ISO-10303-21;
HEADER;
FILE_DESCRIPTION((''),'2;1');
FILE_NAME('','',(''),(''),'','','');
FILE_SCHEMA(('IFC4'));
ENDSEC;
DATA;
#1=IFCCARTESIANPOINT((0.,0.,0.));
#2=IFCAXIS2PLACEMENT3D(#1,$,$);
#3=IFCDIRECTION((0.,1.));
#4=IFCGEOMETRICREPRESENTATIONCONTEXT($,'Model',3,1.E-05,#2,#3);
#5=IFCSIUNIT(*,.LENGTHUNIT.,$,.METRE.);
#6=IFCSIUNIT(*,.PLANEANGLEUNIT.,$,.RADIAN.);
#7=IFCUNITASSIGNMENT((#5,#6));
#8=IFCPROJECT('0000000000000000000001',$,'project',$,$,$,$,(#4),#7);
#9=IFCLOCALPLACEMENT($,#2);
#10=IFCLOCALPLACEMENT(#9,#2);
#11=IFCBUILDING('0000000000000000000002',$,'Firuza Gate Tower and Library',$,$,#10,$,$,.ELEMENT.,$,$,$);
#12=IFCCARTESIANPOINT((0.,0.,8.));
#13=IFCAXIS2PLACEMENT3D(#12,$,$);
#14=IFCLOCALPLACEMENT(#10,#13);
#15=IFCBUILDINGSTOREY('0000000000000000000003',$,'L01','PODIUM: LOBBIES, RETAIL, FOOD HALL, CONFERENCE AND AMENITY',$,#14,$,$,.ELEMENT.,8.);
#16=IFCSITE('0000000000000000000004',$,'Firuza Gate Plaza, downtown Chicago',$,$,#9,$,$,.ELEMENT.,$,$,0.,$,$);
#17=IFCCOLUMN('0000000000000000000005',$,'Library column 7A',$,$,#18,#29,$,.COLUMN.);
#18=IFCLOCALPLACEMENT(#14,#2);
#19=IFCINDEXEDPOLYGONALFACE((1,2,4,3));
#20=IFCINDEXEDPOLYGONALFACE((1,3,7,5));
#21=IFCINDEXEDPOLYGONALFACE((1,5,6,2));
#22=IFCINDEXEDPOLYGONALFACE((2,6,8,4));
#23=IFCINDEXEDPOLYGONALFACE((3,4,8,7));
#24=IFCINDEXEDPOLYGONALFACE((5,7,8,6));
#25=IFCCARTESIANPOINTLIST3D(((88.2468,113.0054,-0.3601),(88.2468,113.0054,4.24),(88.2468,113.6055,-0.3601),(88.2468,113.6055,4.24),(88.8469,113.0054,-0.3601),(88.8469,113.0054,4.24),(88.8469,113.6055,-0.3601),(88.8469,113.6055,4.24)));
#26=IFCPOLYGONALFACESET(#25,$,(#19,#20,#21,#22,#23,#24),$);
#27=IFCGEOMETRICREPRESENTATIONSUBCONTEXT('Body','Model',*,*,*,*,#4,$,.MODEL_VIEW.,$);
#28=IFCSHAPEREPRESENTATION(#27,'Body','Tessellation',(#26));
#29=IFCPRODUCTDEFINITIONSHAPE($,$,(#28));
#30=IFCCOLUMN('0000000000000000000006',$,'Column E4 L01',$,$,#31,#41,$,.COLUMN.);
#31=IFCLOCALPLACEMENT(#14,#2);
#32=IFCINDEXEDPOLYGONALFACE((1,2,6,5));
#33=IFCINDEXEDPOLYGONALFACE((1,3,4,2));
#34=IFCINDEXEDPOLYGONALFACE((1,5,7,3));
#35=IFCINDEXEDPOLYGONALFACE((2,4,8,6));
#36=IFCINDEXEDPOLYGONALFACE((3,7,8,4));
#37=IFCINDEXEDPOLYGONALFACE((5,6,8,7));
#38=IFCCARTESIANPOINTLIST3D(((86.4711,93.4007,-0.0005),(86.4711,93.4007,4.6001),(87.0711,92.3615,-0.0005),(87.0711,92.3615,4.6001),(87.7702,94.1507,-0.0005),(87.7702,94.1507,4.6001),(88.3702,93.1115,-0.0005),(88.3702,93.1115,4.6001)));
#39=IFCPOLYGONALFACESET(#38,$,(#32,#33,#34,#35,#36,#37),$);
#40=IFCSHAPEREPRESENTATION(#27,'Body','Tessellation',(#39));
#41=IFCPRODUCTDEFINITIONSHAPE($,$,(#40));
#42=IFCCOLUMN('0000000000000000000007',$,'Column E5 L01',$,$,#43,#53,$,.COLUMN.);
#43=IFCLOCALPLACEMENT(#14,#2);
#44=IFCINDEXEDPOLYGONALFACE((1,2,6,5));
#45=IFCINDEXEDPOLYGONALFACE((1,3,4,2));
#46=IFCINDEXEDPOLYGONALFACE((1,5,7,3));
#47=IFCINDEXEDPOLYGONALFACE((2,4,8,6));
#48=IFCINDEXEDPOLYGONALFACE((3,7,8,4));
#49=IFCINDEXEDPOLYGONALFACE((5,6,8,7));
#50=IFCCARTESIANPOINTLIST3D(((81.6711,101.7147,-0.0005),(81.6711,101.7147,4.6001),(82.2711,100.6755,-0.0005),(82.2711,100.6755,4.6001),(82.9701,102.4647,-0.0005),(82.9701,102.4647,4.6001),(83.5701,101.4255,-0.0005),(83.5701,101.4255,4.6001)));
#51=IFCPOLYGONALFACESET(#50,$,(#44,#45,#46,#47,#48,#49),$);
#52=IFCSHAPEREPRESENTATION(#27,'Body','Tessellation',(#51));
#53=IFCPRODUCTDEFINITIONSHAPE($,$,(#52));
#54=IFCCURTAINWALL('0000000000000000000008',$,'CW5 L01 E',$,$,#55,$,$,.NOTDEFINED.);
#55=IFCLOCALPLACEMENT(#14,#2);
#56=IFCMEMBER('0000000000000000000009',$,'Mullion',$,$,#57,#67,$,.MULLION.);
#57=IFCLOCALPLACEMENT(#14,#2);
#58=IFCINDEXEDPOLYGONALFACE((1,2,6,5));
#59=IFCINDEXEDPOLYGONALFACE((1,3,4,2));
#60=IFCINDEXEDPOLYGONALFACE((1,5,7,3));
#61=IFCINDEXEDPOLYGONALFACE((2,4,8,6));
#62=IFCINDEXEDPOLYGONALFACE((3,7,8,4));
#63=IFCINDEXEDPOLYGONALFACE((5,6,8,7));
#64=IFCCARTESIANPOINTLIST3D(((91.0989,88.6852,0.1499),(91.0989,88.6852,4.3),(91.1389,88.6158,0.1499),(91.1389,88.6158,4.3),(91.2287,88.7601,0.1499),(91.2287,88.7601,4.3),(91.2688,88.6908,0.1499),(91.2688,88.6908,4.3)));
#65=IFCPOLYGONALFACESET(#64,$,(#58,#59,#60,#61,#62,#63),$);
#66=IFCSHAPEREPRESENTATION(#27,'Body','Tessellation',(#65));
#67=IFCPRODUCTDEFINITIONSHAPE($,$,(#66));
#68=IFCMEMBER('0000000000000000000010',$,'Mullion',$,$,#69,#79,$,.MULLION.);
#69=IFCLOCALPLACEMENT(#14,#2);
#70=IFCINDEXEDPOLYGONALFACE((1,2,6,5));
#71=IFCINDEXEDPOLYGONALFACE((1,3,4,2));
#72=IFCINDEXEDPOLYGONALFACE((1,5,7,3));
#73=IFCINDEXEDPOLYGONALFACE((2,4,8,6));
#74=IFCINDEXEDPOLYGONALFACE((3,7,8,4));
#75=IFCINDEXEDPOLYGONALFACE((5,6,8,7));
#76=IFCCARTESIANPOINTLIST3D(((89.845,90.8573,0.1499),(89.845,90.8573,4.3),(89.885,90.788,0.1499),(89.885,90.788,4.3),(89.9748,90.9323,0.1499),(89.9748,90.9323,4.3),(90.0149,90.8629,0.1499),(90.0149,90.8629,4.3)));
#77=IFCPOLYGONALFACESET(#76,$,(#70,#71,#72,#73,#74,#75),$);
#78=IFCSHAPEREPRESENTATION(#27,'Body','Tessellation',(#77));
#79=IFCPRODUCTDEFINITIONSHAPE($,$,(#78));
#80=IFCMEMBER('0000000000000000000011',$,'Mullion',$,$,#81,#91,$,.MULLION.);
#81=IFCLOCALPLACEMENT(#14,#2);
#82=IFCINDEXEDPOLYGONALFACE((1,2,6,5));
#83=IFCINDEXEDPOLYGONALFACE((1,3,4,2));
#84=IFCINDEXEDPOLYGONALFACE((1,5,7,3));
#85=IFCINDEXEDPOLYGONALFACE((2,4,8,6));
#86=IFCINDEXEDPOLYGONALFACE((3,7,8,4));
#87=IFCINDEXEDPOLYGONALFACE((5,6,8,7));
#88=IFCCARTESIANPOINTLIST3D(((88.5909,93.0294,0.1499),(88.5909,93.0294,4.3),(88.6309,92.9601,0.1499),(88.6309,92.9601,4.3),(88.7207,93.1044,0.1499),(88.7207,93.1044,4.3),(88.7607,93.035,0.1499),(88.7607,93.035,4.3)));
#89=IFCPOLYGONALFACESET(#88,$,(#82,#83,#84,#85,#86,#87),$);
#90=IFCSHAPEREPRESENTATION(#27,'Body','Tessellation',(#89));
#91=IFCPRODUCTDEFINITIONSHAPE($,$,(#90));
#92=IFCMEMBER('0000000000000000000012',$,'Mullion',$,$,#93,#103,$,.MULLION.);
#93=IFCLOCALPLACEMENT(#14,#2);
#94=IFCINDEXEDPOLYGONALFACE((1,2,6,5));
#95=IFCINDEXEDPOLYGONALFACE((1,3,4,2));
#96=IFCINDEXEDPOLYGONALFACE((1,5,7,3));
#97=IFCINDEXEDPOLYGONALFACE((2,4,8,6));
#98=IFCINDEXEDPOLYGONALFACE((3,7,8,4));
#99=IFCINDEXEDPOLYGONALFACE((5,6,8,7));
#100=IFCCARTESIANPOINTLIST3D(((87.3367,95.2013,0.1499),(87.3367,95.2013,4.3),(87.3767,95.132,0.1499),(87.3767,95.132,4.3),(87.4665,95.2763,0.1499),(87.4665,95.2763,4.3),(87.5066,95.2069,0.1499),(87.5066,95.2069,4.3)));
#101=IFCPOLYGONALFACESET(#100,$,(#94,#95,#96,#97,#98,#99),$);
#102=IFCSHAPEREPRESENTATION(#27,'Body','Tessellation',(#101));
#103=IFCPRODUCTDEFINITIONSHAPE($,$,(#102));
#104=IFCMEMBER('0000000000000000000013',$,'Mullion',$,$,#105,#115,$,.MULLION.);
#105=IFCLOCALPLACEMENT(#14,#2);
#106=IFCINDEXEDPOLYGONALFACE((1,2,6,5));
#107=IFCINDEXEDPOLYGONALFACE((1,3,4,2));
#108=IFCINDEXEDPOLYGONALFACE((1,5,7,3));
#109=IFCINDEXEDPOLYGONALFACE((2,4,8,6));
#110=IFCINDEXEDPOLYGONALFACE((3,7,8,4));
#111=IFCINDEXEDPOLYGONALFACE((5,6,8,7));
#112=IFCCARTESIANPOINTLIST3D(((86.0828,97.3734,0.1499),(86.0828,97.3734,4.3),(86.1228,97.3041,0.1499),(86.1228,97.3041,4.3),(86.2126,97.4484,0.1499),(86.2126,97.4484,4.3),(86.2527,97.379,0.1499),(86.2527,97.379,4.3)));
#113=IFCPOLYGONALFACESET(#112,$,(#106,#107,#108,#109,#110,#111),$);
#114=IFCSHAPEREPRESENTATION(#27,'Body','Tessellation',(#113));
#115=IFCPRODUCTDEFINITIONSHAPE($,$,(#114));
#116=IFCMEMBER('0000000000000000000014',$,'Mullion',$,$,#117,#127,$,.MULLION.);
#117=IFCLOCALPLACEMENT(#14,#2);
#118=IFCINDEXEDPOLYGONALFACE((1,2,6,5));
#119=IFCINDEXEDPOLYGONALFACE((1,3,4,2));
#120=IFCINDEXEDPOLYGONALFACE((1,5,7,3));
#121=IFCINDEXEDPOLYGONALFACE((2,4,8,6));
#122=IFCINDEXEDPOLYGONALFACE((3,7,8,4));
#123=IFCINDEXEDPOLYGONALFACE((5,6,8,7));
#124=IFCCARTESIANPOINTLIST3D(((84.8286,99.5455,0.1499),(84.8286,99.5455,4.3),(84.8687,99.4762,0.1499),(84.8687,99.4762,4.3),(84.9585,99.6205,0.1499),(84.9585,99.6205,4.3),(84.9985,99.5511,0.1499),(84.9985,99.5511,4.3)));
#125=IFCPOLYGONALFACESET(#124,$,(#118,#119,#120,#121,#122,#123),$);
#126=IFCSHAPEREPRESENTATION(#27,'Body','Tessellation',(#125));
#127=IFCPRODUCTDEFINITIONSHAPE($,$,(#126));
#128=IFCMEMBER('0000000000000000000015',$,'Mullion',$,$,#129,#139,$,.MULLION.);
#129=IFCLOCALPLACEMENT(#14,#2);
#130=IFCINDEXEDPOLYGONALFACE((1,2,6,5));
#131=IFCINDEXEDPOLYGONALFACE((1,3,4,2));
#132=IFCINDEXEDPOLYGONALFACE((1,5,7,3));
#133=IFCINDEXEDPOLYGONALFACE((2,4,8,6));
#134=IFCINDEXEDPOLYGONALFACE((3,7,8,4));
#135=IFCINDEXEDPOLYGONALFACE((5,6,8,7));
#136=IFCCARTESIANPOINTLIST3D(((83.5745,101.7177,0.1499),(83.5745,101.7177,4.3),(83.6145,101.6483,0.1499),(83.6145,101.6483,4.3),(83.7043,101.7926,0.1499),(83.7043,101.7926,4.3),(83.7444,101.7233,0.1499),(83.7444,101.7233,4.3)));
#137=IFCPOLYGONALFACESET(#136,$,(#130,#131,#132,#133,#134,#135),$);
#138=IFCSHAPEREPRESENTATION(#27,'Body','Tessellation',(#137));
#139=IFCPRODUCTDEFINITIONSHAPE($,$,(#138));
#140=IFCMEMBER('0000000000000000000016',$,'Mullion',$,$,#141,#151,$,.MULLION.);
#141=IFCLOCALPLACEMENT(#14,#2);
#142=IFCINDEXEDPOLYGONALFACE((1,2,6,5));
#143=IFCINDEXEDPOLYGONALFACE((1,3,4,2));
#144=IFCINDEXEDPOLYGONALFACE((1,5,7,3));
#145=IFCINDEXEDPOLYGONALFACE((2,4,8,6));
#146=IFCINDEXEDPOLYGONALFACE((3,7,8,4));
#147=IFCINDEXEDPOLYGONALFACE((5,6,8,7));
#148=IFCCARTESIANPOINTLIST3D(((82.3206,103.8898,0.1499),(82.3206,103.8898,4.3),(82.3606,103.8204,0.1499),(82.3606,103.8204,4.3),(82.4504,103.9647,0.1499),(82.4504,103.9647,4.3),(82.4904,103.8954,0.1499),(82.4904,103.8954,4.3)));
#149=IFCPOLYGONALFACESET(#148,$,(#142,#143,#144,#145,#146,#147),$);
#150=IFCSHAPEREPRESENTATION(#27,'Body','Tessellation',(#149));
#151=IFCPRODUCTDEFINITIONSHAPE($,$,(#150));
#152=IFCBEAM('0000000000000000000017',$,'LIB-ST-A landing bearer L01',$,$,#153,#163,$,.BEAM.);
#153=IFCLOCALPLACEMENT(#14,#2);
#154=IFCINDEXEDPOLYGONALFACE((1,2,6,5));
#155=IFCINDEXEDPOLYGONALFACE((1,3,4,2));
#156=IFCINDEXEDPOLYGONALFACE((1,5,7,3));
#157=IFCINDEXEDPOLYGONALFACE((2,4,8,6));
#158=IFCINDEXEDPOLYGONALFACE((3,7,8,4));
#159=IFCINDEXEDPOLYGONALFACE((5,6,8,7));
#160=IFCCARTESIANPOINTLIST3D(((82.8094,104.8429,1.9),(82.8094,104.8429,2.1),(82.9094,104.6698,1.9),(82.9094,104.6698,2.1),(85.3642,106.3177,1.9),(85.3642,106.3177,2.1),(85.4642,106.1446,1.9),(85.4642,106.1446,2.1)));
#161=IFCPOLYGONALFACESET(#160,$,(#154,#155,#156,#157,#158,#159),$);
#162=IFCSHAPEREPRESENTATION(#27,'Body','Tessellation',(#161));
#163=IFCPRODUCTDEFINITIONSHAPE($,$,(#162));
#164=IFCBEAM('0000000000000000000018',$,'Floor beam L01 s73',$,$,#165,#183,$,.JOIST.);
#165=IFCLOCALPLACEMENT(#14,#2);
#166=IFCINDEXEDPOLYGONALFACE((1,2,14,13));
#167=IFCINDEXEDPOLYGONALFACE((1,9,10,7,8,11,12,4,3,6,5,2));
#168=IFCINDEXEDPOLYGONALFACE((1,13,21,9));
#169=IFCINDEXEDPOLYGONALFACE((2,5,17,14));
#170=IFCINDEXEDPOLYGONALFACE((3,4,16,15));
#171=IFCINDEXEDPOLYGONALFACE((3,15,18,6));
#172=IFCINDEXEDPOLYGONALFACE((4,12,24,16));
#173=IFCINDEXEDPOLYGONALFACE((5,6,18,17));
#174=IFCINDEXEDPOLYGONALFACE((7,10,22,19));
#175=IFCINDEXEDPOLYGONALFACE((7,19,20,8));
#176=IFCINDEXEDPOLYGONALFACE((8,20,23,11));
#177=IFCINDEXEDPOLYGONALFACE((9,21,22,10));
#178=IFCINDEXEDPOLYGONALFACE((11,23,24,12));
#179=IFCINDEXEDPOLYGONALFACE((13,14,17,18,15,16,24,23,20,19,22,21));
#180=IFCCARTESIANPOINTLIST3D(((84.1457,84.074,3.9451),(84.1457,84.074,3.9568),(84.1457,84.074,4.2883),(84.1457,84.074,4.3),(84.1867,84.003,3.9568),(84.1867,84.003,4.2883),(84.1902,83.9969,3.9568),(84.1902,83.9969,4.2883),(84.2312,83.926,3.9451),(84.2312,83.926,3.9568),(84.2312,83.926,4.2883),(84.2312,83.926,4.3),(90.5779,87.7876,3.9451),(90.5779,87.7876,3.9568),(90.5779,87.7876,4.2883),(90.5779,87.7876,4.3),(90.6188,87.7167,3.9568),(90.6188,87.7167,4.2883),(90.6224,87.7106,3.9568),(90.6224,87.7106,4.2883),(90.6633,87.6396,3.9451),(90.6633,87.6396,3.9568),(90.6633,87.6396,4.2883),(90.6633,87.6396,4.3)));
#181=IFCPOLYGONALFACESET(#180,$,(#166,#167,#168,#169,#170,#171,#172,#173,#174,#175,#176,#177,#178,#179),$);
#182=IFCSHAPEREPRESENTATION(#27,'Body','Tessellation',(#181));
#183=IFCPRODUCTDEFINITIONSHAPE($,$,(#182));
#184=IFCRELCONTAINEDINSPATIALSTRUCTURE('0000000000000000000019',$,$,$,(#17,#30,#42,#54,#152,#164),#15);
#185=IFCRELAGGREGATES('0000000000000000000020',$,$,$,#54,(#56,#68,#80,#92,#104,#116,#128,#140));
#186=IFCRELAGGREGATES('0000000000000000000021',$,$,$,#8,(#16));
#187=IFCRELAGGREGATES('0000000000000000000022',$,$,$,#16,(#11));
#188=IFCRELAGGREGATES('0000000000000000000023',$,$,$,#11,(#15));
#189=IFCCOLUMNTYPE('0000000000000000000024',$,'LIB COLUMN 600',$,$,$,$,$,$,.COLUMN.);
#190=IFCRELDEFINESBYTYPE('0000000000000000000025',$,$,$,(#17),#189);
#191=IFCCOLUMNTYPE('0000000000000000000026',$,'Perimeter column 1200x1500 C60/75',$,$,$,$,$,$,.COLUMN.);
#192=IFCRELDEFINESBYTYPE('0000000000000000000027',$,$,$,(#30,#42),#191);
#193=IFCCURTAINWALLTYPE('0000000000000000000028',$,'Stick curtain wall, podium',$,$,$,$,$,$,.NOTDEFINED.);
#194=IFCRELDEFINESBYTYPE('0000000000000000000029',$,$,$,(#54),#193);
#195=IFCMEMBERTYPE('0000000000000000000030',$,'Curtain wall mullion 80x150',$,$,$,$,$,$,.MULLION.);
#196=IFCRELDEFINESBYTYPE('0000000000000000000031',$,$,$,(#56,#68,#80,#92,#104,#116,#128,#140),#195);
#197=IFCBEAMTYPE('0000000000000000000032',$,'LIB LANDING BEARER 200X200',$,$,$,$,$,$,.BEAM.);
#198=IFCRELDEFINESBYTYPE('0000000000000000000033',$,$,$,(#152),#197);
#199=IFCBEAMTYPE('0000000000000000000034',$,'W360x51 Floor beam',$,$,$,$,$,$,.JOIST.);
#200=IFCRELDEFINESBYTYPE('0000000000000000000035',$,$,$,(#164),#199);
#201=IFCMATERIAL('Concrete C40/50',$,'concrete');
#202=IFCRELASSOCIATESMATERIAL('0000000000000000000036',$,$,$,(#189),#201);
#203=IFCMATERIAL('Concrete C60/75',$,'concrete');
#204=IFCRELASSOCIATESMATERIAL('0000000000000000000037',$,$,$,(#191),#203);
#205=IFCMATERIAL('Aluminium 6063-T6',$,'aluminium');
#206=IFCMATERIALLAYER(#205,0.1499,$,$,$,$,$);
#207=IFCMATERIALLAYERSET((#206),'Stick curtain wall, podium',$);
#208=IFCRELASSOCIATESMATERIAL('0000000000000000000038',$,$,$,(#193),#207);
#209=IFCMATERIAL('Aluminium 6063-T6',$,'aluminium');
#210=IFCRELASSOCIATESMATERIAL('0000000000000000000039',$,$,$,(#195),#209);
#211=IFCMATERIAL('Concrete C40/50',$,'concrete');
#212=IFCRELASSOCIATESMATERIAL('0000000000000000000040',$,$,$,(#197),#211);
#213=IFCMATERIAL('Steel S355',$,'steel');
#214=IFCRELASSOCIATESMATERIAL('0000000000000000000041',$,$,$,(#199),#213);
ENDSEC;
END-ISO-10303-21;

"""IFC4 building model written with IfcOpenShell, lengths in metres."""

from ifc_helpers import new_model, si_unit, direction, frame, origin, origin_2d, place, context, subcontext, project, spatial, rectangle, i_section, extrude, material, layer, layer_set, material_profile, profile_set, type_object, element, aggregate, save


model = new_model("IFC4")

# Units and contexts
model_context = context("Model", 3, precision=1e-05, world=origin(), true_north=direction((0.0, 1.0)))
body_context = subcontext(model_context, "Body", "Model", "MODEL_VIEW")
ifc_project = project(units=[si_unit("LENGTHUNIT", "METRE"), si_unit("PLANEANGLEUNIT", "RADIAN")], contexts=[model_context])

# Site, building, storey
site_placement = place(None, origin())
site = spatial("IfcSite", under=ifc_project, at=site_placement, Name="Firuza Gate Plaza, downtown Chicago", CompositionType="ELEMENT", RefElevation=0.0)
building_placement = place(site_placement, origin())
building = spatial("IfcBuilding", under=site, at=building_placement, Name="Firuza Gate Tower and Library", CompositionType="ELEMENT")
storey_placement = place(building_placement, frame((0.0, 0.0, 8.0)))
storey = spatial("IfcBuildingStorey", under=building, at=storey_placement, Name="L01", Description="PODIUM: LOBBIES, RETAIL, FOOD HALL, CONFERENCE AND AMENITY", CompositionType="ELEMENT", Elevation=8.0)

# Columns
ifc_material_1 = material(Name="Concrete C40/50", Category="concrete")
ifc_material_profile_1 = material_profile(ifc_material_1, rectangle(XDim=0.6001, YDim=0.6001, at=origin_2d()))
ifc_profile_set_1 = profile_set([ifc_material_profile_1], Name="Concrete C40/50")
column_type_1 = type_object("IfcColumnType", Name="LIB COLUMN 600", PredefinedType="COLUMN", material=ifc_profile_set_1)
column_placement = place(storey_placement, frame((88.5469, 113.3054, -0.3601), z_axis=(0.0, 0.0, 1.0), x_axis=(1.0, 0.0, 0.0)))
element("IfcColumn", 1, at=column_placement, inside=storey, type_object=column_type_1, Name="Library column 7A", PredefinedType="COLUMN", context=body_context, shape_type="SweptSolid", body=[
    extrude(rectangle(XDim=0.6001, YDim=0.6001, at=origin_2d()), origin(), (0.0, 0.0, 1.0), 4.6001),
])
ifc_material_2 = material(Name="Concrete C60/75", Category="concrete")
ifc_material_profile_2 = material_profile(ifc_material_2, rectangle(XDim=1.2, YDim=1.5, at=origin_2d()))
ifc_profile_set_2 = profile_set([ifc_material_profile_2], Name="Concrete C60/75")
column_type_2 = type_object("IfcColumnType", Name="Perimeter column 1200x1500 C60/75", PredefinedType="COLUMN", material=ifc_profile_set_2)
for number, where, z_axis, x_axis, name in (
    (2, (87.4207, 93.2561, -0.0005), (0.0, 0.0, 1.0), (-0.5, 0.866025, 0.0), "Column E4 L01"),
    (3, (82.6206, 101.5701, -0.0005), (0.0, 0.0, 1.0), (-0.5, 0.866025, 0.0), "Column E5 L01"),
):
    element("IfcColumn", number, at=place(storey_placement, frame(where, z_axis=z_axis, x_axis=x_axis)), inside=storey, type_object=column_type_2, Name=name, PredefinedType="COLUMN", context=body_context, shape_type="SweptSolid", body=[
        extrude(rectangle(XDim=1.2, YDim=1.5, at=origin_2d()), origin(), (0.0, 0.0, 1.0), 4.6006),
    ])

# Curtain wall, members
ifc_material_3 = material(Name="Aluminium 6063-T6", Category="aluminium")
ifc_layer_1 = layer(ifc_material_3, 0.1499)
ifc_layer_set_1 = layer_set([ifc_layer_1], Name="Stick curtain wall, podium")
curtain_wall_type = type_object("IfcCurtainWallType", Name="Stick curtain wall, podium", PredefinedType="NOTDEFINED", material=ifc_layer_set_1)
placement = place(storey_placement, origin())
curtain_wall = element("IfcCurtainWall", 4, at=placement, inside=storey, type_object=curtain_wall_type, Name="CW5 L01 E", PredefinedType="NOTDEFINED")
ifc_material_4 = material(Name="Aluminium 6063-T6", Category="aluminium")
ifc_material_profile_3 = material_profile(ifc_material_4, rectangle(XDim=0.1499, YDim=0.0801, at=origin_2d()))
ifc_profile_set_3 = profile_set([ifc_material_profile_3], Name="Aluminium 6063-T6")
member_type = type_object("IfcMemberType", Name="Curtain wall mullion 80x150", PredefinedType="MULLION", material=ifc_profile_set_3)
member_1_placement = place(storey_placement, frame((91.1838, 88.688, 0.1499), z_axis=(0.0, 0.0, 1.0), x_axis=(-0.866025, -0.5, 0.0)))
member_1 = element("IfcMember", 5, at=member_1_placement, type_object=member_type, Name="Mullion", PredefinedType="MULLION", context=body_context, shape_type="SweptSolid", body=[
    extrude(rectangle(XDim=0.1499, YDim=0.0801, at=origin_2d()), origin(), (0.0, 0.0, 1.0), 4.1501),
])
member_2_placement = place(storey_placement, frame((89.9299, 90.8601, 0.1499), z_axis=(0.0, 0.0, 1.0), x_axis=(-0.866025, -0.5, 0.0)))
member_2 = element("IfcMember", 6, at=member_2_placement, type_object=member_type, Name="Mullion", PredefinedType="MULLION", context=body_context, shape_type="SweptSolid", body=[
    extrude(rectangle(XDim=0.1499, YDim=0.0801, at=origin_2d()), origin(), (0.0, 0.0, 1.0), 4.1501),
])
member_3_placement = place(storey_placement, frame((88.6758, 93.0322, 0.1499), z_axis=(0.0, 0.0, 1.0), x_axis=(-0.866025, -0.5, 0.0)))
member_3 = element("IfcMember", 7, at=member_3_placement, type_object=member_type, Name="Mullion", PredefinedType="MULLION", context=body_context, shape_type="SweptSolid", body=[
    extrude(rectangle(XDim=0.1499, YDim=0.0801, at=origin_2d()), origin(), (0.0, 0.0, 1.0), 4.1501),
])
member_4_placement = place(storey_placement, frame((87.4216, 95.2041, 0.1499), z_axis=(0.0, 0.0, 1.0), x_axis=(-0.866025, -0.5, 0.0)))
member_4 = element("IfcMember", 8, at=member_4_placement, type_object=member_type, Name="Mullion", PredefinedType="MULLION", context=body_context, shape_type="SweptSolid", body=[
    extrude(rectangle(XDim=0.1499, YDim=0.0801, at=origin_2d()), origin(), (0.0, 0.0, 1.0), 4.1501),
])
member_5_placement = place(storey_placement, frame((86.1677, 97.3762, 0.1499), z_axis=(0.0, 0.0, 1.0), x_axis=(-0.866025, -0.5, 0.0)))
member_5 = element("IfcMember", 9, at=member_5_placement, type_object=member_type, Name="Mullion", PredefinedType="MULLION", context=body_context, shape_type="SweptSolid", body=[
    extrude(rectangle(XDim=0.1499, YDim=0.0801, at=origin_2d()), origin(), (0.0, 0.0, 1.0), 4.1501),
])
member_6_placement = place(storey_placement, frame((84.9136, 99.5483, 0.1499), z_axis=(0.0, 0.0, 1.0), x_axis=(-0.866025, -0.5, 0.0)))
member_6 = element("IfcMember", 10, at=member_6_placement, type_object=member_type, Name="Mullion", PredefinedType="MULLION", context=body_context, shape_type="SweptSolid", body=[
    extrude(rectangle(XDim=0.1499, YDim=0.0801, at=origin_2d()), origin(), (0.0, 0.0, 1.0), 4.1501),
])
member_7_placement = place(storey_placement, frame((83.6594, 101.7205, 0.1499), z_axis=(0.0, 0.0, 1.0), x_axis=(-0.866025, -0.5, 0.0)))
member_7 = element("IfcMember", 11, at=member_7_placement, type_object=member_type, Name="Mullion", PredefinedType="MULLION", context=body_context, shape_type="SweptSolid", body=[
    extrude(rectangle(XDim=0.1499, YDim=0.0801, at=origin_2d()), origin(), (0.0, 0.0, 1.0), 4.1501),
])
member_8_placement = place(storey_placement, frame((82.4055, 103.8926, 0.1499), z_axis=(0.0, 0.0, 1.0), x_axis=(-0.866025, -0.5, 0.0)))
member_8 = element("IfcMember", 12, at=member_8_placement, type_object=member_type, Name="Mullion", PredefinedType="MULLION", context=body_context, shape_type="SweptSolid", body=[
    extrude(rectangle(XDim=0.1499, YDim=0.0801, at=origin_2d()), origin(), (0.0, 0.0, 1.0), 4.1501),
])

# Beams
ifc_material_5 = material(Name="Concrete C40/50", Category="concrete")
ifc_material_profile_4 = material_profile(ifc_material_5, rectangle(XDim=0.2, YDim=0.2, at=origin_2d()))
ifc_profile_set_4 = profile_set([ifc_material_profile_4], Name="Concrete C40/50")
beam_type_1 = type_object("IfcBeamType", Name="LIB LANDING BEARER 200X200", PredefinedType="BEAM", material=ifc_profile_set_4)
beam_1_placement = place(storey_placement, frame((82.8594, 104.7563, 2.0), z_axis=(0.86606, 0.49994, 0.0), x_axis=(-0.49994, 0.86606, 0.0)))
element("IfcBeam", 13, at=beam_1_placement, inside=storey, type_object=beam_type_1, Name="LIB-ST-A landing bearer L01", PredefinedType="BEAM", context=body_context, shape_type="SweptSolid", body=[
    extrude(rectangle(XDim=0.2, YDim=0.2, at=origin_2d()), origin(), (0.0, 0.0, 1.0), 2.95),
])
ifc_material_6 = material(Name="Steel S355", Category="steel")
ifc_material_profile_5 = material_profile(ifc_material_6, i_section(OverallWidth=0.1709, OverallDepth=0.355, WebThickness=0.0071, FlangeThickness=0.0117, at=origin_2d()))
ifc_profile_set_5 = profile_set([ifc_material_profile_5], Name="Steel S355")
beam_type_2 = type_object("IfcBeamType", Name="W360x51 Floor beam", PredefinedType="JOIST", material=ifc_profile_set_5)
beam_2_placement = place(storey_placement, frame((90.6206, 87.7136, 4.1226), z_axis=(-0.866024, -0.500003, 0.0), x_axis=(0.500003, -0.866024, 0.0)))
element("IfcBeam", 14, at=beam_2_placement, inside=storey, type_object=beam_type_2, Name="Floor beam L01 s73", PredefinedType="JOIST", context=body_context, shape_type="SweptSolid", body=[
    extrude(i_section(OverallWidth=0.1709, OverallDepth=0.355, WebThickness=0.0071, FlangeThickness=0.0117, at=origin_2d()), origin(), (0.0, 0.0, 1.0), 7.4272),
])

aggregate(curtain_wall, [member_1, member_2, member_3, member_4, member_5, member_6, member_7, member_8])

save(model, "model.ifc")
